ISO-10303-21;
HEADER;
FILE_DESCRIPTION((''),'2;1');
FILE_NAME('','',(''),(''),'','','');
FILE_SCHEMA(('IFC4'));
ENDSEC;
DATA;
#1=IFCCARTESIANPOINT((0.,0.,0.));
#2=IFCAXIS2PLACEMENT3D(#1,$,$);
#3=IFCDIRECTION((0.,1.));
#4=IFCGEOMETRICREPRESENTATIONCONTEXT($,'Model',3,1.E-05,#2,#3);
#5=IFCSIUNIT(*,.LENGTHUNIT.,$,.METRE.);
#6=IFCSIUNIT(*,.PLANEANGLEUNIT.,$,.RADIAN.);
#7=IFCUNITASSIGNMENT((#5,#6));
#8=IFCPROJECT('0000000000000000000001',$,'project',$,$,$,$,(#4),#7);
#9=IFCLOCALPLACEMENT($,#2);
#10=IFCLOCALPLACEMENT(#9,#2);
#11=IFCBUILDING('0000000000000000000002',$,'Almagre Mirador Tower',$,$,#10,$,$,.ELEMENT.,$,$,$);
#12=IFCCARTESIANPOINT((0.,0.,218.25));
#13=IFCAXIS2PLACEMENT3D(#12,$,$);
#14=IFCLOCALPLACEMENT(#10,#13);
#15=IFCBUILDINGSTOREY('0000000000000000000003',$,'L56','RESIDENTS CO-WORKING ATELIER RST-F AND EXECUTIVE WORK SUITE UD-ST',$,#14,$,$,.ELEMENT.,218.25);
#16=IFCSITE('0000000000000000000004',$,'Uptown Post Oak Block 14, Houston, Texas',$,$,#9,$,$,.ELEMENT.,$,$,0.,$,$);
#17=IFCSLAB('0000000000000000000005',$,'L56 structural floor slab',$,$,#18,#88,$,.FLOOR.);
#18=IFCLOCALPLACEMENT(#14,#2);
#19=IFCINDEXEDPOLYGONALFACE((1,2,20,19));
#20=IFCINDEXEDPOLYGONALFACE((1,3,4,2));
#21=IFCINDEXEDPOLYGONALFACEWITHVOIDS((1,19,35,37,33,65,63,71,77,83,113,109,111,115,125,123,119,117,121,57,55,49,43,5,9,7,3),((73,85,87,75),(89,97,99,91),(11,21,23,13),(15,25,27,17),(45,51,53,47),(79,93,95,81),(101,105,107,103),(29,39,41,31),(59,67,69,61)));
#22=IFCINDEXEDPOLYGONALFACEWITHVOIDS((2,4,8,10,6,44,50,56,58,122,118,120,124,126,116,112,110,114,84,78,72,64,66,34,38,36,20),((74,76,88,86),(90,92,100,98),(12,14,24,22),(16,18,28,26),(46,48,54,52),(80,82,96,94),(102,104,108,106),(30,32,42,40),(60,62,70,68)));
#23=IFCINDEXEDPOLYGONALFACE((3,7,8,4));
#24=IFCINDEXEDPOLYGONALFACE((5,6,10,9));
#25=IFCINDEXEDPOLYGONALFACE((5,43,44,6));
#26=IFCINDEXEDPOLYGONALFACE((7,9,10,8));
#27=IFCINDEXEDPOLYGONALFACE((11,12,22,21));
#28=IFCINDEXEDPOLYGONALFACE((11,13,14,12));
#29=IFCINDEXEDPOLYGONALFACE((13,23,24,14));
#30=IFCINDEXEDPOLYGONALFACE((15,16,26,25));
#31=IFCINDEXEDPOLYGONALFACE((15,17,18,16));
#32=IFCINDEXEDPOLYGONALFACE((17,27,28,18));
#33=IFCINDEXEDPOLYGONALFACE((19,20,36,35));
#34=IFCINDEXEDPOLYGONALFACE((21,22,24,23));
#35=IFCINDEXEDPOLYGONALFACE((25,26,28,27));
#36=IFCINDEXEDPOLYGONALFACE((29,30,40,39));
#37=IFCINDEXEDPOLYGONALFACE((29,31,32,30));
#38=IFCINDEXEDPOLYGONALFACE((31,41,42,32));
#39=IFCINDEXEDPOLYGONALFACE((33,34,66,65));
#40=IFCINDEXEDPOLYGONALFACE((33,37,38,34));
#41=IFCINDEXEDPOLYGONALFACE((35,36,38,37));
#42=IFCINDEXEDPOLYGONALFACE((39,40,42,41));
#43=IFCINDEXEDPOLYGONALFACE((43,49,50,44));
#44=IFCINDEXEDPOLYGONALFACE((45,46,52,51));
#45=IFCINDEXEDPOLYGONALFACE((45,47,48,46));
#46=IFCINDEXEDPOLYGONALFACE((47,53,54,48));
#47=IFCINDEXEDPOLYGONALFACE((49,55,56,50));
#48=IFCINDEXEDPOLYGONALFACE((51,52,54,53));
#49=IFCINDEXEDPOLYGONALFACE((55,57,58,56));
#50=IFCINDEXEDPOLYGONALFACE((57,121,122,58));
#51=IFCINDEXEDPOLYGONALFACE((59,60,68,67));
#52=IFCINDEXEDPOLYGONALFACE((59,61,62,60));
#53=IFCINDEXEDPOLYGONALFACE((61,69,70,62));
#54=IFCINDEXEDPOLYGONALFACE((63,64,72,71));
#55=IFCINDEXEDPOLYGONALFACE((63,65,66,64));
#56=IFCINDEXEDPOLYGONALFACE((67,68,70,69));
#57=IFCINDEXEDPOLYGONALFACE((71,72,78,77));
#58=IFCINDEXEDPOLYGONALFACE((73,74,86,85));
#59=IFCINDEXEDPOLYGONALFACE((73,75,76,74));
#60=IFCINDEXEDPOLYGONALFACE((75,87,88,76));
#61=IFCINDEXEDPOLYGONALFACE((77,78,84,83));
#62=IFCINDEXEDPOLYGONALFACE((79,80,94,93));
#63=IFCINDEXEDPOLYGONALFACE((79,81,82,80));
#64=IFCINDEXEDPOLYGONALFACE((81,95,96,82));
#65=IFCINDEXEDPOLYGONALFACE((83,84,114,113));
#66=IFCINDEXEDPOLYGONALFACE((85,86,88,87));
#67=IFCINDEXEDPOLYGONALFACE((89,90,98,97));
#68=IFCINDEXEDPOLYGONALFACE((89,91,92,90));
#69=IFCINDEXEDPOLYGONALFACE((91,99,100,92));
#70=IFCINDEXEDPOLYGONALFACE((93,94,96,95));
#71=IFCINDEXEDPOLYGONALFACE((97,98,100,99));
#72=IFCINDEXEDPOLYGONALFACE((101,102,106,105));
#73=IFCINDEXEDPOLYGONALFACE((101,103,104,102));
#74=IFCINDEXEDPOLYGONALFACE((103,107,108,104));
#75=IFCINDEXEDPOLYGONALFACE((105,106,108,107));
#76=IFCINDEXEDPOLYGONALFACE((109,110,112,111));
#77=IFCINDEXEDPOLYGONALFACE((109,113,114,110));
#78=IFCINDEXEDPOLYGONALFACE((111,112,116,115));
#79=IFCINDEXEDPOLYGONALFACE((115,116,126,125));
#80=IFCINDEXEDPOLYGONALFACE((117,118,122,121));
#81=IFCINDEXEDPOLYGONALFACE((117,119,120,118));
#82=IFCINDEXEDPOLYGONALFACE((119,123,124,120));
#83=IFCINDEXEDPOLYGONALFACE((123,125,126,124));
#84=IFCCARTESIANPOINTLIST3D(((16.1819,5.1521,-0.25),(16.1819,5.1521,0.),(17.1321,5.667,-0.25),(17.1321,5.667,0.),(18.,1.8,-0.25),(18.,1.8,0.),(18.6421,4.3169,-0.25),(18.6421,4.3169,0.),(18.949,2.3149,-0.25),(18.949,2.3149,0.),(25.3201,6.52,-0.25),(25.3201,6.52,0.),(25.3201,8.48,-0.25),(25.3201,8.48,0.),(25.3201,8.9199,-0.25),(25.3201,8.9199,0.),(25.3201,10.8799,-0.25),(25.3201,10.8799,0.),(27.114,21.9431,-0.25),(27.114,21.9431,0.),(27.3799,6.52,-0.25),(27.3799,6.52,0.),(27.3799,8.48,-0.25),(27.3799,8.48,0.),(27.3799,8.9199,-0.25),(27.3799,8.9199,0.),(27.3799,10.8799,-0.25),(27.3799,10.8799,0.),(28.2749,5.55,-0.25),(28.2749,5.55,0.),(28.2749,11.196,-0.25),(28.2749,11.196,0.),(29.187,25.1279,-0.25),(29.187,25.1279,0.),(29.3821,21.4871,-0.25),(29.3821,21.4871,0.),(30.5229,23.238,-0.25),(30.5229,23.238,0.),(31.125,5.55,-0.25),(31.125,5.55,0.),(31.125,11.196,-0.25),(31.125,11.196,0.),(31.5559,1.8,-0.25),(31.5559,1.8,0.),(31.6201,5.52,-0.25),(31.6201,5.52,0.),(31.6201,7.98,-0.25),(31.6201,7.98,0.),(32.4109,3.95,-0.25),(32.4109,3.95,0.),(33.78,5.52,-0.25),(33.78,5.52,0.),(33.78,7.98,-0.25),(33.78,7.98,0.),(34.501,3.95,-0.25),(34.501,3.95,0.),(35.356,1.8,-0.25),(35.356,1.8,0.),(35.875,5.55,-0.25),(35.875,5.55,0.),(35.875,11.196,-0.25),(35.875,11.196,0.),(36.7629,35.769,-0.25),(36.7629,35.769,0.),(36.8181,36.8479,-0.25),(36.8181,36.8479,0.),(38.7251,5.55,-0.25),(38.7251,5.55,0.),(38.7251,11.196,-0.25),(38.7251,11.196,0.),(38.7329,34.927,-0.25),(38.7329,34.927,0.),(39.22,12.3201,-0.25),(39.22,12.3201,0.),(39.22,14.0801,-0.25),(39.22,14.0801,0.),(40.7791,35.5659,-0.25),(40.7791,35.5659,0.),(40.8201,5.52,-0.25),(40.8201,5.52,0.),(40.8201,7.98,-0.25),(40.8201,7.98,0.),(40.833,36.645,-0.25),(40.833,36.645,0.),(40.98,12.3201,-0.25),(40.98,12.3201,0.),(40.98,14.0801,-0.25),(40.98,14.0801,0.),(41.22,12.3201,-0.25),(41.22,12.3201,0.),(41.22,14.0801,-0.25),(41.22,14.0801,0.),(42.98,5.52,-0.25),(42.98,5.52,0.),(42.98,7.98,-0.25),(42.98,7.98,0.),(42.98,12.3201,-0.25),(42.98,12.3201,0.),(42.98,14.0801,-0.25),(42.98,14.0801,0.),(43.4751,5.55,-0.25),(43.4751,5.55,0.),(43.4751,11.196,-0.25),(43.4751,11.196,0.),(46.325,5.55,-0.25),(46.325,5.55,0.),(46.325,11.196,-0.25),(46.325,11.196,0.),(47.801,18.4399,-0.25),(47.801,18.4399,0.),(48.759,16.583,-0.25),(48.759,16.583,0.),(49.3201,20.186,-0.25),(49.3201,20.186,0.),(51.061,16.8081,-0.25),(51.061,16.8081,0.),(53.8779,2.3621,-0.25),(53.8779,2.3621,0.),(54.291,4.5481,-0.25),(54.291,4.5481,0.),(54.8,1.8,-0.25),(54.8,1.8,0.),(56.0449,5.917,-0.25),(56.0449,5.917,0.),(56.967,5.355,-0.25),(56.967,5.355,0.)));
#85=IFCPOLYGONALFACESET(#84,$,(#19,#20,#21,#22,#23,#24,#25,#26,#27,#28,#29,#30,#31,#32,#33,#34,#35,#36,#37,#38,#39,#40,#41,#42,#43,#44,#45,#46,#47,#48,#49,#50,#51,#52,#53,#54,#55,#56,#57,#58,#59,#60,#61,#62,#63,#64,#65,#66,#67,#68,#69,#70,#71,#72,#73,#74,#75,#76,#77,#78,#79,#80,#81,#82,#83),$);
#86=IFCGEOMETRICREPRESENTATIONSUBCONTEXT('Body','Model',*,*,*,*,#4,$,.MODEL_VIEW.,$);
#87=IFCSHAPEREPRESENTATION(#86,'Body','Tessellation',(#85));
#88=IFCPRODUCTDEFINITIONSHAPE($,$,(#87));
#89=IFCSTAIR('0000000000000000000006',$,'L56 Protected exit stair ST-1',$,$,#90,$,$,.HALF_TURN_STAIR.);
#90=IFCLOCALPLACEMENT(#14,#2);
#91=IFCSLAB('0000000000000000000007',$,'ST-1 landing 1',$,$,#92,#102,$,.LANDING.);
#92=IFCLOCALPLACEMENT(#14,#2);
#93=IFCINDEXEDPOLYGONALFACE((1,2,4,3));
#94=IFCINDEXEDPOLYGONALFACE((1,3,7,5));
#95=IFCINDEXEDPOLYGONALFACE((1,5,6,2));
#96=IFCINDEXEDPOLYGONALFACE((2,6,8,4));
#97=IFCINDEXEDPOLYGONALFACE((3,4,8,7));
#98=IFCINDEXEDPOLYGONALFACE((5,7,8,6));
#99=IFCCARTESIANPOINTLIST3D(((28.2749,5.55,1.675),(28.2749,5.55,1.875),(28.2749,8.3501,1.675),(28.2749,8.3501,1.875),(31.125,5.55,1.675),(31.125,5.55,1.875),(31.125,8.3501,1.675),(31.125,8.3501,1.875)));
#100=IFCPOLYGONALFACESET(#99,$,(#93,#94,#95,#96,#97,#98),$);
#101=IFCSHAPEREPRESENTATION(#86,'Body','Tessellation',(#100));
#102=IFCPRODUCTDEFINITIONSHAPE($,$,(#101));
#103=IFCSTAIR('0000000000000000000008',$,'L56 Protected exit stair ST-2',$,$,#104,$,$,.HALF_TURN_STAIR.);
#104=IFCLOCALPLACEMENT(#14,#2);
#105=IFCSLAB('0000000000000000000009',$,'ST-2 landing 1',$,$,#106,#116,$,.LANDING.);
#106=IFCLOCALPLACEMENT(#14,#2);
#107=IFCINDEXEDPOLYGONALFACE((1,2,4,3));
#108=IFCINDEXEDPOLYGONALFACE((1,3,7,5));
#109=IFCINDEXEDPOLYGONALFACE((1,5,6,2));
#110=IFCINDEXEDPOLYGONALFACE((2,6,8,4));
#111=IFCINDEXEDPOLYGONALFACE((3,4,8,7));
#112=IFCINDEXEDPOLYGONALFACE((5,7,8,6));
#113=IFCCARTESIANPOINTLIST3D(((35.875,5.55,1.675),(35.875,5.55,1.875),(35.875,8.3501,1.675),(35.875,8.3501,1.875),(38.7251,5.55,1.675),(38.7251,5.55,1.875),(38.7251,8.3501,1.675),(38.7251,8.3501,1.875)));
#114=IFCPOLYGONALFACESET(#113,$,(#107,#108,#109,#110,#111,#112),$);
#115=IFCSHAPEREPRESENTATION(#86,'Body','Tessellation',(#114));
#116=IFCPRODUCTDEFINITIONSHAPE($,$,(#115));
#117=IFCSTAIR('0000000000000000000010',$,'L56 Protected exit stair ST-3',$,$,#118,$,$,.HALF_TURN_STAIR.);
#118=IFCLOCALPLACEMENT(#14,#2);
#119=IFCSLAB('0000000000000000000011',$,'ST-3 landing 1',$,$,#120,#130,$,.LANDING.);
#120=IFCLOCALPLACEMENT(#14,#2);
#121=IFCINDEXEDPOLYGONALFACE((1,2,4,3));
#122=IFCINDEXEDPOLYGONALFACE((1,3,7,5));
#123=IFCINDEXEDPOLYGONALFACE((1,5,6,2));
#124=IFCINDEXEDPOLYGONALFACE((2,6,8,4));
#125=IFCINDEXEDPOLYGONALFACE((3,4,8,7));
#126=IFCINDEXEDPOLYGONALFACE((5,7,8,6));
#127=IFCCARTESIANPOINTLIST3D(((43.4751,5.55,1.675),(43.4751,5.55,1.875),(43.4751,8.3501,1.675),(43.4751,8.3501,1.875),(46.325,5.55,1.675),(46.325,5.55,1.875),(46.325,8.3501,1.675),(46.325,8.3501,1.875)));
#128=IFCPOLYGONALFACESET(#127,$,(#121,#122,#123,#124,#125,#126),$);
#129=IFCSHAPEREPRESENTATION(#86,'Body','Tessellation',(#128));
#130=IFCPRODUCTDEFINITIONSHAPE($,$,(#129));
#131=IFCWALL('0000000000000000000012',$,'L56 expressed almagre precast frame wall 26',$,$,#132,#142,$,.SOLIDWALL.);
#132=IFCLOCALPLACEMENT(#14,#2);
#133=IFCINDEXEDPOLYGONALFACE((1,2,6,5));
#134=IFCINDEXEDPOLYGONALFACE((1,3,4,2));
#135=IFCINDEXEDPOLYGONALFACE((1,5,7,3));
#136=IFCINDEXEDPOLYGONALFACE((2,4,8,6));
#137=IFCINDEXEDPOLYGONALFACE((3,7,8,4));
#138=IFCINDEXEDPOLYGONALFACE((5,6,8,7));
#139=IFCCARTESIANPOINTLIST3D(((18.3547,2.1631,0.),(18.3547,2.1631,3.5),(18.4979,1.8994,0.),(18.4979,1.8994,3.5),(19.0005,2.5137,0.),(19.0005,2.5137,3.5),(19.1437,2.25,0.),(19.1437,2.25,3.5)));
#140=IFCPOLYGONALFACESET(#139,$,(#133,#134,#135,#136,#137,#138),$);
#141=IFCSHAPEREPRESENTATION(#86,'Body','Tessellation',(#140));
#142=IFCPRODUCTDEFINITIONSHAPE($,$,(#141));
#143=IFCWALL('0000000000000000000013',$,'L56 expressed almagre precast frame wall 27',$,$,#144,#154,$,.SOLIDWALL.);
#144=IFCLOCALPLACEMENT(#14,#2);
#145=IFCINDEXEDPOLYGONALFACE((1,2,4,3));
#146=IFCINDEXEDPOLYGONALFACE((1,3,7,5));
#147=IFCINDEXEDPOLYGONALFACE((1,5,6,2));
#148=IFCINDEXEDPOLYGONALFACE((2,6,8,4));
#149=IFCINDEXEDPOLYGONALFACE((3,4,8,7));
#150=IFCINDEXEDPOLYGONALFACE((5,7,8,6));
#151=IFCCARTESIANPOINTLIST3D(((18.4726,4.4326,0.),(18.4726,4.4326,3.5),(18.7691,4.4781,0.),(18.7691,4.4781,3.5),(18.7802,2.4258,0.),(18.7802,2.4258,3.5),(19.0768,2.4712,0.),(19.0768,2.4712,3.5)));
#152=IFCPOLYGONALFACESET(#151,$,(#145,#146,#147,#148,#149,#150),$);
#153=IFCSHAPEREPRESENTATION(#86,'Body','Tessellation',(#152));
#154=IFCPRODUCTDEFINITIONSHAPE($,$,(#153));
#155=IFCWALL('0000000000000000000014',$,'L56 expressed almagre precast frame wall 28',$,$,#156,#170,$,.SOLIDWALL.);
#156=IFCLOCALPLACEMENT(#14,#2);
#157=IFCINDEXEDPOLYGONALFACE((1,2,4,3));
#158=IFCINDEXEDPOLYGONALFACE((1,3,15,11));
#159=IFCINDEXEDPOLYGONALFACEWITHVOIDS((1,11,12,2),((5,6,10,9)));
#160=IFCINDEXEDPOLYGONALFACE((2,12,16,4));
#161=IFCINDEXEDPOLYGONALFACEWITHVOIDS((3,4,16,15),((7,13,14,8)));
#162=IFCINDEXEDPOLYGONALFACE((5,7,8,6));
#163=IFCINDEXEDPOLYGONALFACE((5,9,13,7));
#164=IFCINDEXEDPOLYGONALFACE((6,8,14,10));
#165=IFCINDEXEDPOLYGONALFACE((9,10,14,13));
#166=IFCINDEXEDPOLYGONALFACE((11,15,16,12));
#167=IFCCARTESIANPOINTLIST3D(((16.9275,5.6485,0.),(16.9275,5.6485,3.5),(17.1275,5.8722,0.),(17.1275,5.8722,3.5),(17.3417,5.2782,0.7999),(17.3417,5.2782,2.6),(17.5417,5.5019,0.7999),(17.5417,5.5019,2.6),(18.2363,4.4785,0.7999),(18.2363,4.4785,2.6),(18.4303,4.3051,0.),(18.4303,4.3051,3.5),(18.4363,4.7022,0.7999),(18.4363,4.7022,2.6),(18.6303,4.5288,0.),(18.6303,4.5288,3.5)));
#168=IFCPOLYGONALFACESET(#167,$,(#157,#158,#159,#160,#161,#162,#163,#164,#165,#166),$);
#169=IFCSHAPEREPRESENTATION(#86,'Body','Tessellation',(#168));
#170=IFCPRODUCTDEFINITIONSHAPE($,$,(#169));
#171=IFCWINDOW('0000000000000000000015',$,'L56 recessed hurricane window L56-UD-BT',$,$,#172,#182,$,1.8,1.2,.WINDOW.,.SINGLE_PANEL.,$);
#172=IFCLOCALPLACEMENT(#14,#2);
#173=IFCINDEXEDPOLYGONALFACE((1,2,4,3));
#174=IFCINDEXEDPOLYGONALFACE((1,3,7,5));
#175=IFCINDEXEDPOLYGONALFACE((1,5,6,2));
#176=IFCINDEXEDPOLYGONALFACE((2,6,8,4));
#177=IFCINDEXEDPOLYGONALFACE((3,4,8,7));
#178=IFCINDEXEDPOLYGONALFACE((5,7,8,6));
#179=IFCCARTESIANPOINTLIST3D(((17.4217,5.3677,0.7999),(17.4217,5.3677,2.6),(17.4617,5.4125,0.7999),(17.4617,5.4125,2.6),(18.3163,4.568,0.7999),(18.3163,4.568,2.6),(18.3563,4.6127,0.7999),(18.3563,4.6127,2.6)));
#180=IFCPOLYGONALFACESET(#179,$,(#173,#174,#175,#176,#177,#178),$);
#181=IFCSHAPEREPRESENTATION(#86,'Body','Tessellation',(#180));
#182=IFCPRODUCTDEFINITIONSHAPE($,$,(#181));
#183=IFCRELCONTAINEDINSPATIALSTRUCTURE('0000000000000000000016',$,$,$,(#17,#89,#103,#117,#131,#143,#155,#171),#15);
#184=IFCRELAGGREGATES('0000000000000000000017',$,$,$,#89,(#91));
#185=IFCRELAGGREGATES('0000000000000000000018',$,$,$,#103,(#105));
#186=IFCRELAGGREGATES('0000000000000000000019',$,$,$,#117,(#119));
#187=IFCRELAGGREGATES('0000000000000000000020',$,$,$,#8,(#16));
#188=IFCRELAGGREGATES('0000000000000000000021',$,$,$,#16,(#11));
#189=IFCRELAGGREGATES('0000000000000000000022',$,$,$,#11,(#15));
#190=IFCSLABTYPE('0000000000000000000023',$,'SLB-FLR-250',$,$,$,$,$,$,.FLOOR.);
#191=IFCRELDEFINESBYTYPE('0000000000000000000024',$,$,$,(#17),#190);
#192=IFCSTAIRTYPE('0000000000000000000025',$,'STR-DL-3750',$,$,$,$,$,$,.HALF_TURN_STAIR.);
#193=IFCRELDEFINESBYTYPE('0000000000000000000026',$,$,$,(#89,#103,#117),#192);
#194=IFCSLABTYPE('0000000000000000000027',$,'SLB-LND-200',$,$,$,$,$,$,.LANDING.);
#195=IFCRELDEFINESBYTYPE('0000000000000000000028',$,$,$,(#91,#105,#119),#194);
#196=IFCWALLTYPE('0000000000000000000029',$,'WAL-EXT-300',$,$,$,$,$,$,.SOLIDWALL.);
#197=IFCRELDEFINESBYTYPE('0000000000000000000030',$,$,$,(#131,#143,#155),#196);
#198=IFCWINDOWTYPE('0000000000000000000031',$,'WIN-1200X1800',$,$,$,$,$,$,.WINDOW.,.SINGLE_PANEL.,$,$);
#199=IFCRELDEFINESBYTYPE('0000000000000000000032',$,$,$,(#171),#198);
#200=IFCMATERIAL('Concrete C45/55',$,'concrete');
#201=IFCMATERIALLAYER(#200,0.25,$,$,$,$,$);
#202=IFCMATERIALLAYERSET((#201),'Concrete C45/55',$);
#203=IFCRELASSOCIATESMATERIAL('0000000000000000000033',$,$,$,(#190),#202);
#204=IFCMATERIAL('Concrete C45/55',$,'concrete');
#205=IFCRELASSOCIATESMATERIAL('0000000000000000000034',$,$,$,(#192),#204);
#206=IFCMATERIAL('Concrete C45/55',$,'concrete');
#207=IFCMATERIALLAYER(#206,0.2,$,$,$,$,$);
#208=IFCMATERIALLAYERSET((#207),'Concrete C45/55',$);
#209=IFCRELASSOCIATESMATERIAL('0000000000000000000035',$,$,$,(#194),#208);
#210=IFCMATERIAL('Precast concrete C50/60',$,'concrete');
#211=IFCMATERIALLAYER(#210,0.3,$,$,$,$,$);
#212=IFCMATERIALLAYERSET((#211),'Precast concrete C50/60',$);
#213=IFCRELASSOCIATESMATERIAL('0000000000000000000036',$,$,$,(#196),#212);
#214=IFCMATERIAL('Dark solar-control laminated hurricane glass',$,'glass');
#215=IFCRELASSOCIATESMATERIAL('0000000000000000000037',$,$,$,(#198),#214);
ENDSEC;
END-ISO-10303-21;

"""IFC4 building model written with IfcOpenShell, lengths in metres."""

from ifc_helpers import new_model, si_unit, direction, frame, frame_2d, origin, place, context, subcontext, project, spatial, polyline, rectangle, outline, extrude, material, layer, layer_set, type_object, element, fill, aggregate, save


model = new_model("IFC4")

# Units and contexts
model_context = context("Model", 3, precision=1e-05, world=origin(), true_north=direction((0.0, 1.0)))
body_context = subcontext(model_context, "Body", "Model", "MODEL_VIEW")
ifc_project = project(units=[si_unit("LENGTHUNIT", "METRE"), si_unit("PLANEANGLEUNIT", "RADIAN")], contexts=[model_context])

# Site, building, storey
site_placement = place(None, origin())
site = spatial("IfcSite", under=ifc_project, at=site_placement, Name="Uptown Post Oak Block 14, Houston, Texas", CompositionType="ELEMENT", RefElevation=0.0)
building_placement = place(site_placement, origin())
building = spatial("IfcBuilding", under=site, at=building_placement, Name="Almagre Mirador Tower", CompositionType="ELEMENT")
storey_placement = place(building_placement, frame((0.0, 0.0, 218.25)))
storey = spatial("IfcBuildingStorey", under=building, at=storey_placement, Name="L56", Description="RESIDENTS CO-WORKING ATELIER RST-F AND EXECUTIVE WORK SUITE UD-ST", CompositionType="ELEMENT", Elevation=218.25)

# Slab
ifc_material_1 = material(Name="Concrete C45/55", Category="concrete")
ifc_layer_1 = layer(ifc_material_1, 0.25)
ifc_layer_set_1 = layer_set([ifc_layer_1], Name="Concrete C45/55")
slab_type_1 = type_object("IfcSlabType", Name="SLB-FLR-250", PredefinedType="FLOOR", material=ifc_layer_set_1)
slab_1_placement = place(storey_placement, frame((0.0, 0.0, -0.25)))
element("IfcSlab", 1, at=slab_1_placement, inside=storey, type_object=slab_type_1, Name="L56 structural floor slab", PredefinedType="FLOOR", context=body_context, shape_type="SweptSolid", body=[
    extrude(outline(polyline([(16.1819, 5.1521), (17.1321, 5.667), (18.6421, 4.3169), (18.949, 2.3149), (18.0, 1.8), (31.5559, 1.8), (32.4109, 3.95), (34.501, 3.95), (35.356, 1.8), (54.8, 1.8), (53.8779, 2.3621), (54.291, 4.5481), (56.0449, 5.917), (56.967, 5.355), (51.061, 16.8081), (48.759, 16.583), (47.801, 18.4399), (49.3201, 20.186), (40.833, 36.645), (40.7791, 35.5659), (38.7329, 34.927), (36.7629, 35.769), (36.8181, 36.8479), (29.187, 25.1279), (30.5229, 23.238), (29.3821, 21.4871), (27.114, 21.9431), (16.1819, 5.1521)]), holes=[polyline([(43.4751, 5.55), (43.4751, 11.196), (46.325, 11.196), (46.325, 5.55), (43.4751, 5.55)]), polyline([(41.22, 12.3201), (41.22, 14.0801), (42.98, 14.0801), (42.98, 12.3201), (41.22, 12.3201)]), polyline([(42.98, 5.52), (40.8201, 5.52), (40.8201, 7.98), (42.98, 7.98), (42.98, 5.52)]), polyline([(39.22, 12.3201), (39.22, 14.0801), (40.98, 14.0801), (40.98, 12.3201), (39.22, 12.3201)]), polyline([(35.875, 5.55), (35.875, 11.196), (38.7251, 11.196), (38.7251, 5.55), (35.875, 5.55)]), polyline([(33.78, 5.52), (31.6201, 5.52), (31.6201, 7.98), (33.78, 7.98), (33.78, 5.52)]), polyline([(28.2749, 5.55), (28.2749, 11.196), (31.125, 11.196), (31.125, 5.55), (28.2749, 5.55)]), polyline([(27.3799, 6.52), (25.3201, 6.52), (25.3201, 8.48), (27.3799, 8.48), (27.3799, 6.52)]), polyline([(27.3799, 8.9199), (25.3201, 8.9199), (25.3201, 10.8799), (27.3799, 10.8799), (27.3799, 8.9199)])]), origin(), (0.0, 0.0, 1.0), 0.25),
])

# Stairs, slabs
ifc_material_2 = material(Name="Concrete C45/55", Category="concrete")
stair_type = type_object("IfcStairType", Name="STR-DL-3750", PredefinedType="HALF_TURN_STAIR", material=ifc_material_2)
stair_1_placement = place(storey_placement, origin())
stair_1 = element("IfcStair", 2, at=stair_1_placement, inside=storey, type_object=stair_type, Name="L56 Protected exit stair ST-1", PredefinedType="HALF_TURN_STAIR")
ifc_material_3 = material(Name="Concrete C45/55", Category="concrete")
ifc_layer_2 = layer(ifc_material_3, 0.2)
ifc_layer_set_2 = layer_set([ifc_layer_2], Name="Concrete C45/55")
slab_type_2 = type_object("IfcSlabType", Name="SLB-LND-200", PredefinedType="LANDING", material=ifc_layer_set_2)
slab_2_placement = place(storey_placement, frame((0.0, 0.0, 1.675)))
slab_2 = element("IfcSlab", 3, at=slab_2_placement, type_object=slab_type_2, Name="ST-1 landing 1", PredefinedType="LANDING", context=body_context, shape_type="SweptSolid", body=[
    extrude(outline(polyline([(28.2749, 8.3501), (28.2749, 5.55), (31.125, 5.55), (31.125, 8.3501), (28.2749, 8.3501)])), origin(), (0.0, 0.0, 1.0), 0.2),
])
aggregate(stair_1, [slab_2])
stair_2_placement = place(storey_placement, origin())
stair_2 = element("IfcStair", 4, at=stair_2_placement, inside=storey, type_object=stair_type, Name="L56 Protected exit stair ST-2", PredefinedType="HALF_TURN_STAIR")
slab_3_placement = place(storey_placement, frame((0.0, 0.0, 1.675)))
slab_3 = element("IfcSlab", 5, at=slab_3_placement, type_object=slab_type_2, Name="ST-2 landing 1", PredefinedType="LANDING", context=body_context, shape_type="SweptSolid", body=[
    extrude(outline(polyline([(35.875, 8.3501), (35.875, 5.55), (38.7251, 5.55), (38.7251, 8.3501), (35.875, 8.3501)])), origin(), (0.0, 0.0, 1.0), 0.2),
])
aggregate(stair_2, [slab_3])
stair_3_placement = place(storey_placement, origin())
stair_3 = element("IfcStair", 6, at=stair_3_placement, inside=storey, type_object=stair_type, Name="L56 Protected exit stair ST-3", PredefinedType="HALF_TURN_STAIR")
slab_4_placement = place(storey_placement, frame((0.0, 0.0, 1.675)))
slab_4 = element("IfcSlab", 7, at=slab_4_placement, type_object=slab_type_2, Name="ST-3 landing 1", PredefinedType="LANDING", context=body_context, shape_type="SweptSolid", body=[
    extrude(outline(polyline([(43.4751, 8.3501), (43.4751, 5.55), (46.325, 5.55), (46.325, 8.3501), (43.4751, 8.3501)])), origin(), (0.0, 0.0, 1.0), 0.2),
])
aggregate(stair_3, [slab_4])

# Walls
ifc_material_4 = material(Name="Precast concrete C50/60", Category="concrete")
ifc_layer_3 = layer(ifc_material_4, 0.3)
ifc_layer_set_3 = layer_set([ifc_layer_3], Name="Precast concrete C50/60")
wall_type_1 = type_object("IfcWallType", Name="WAL-EXT-300", PredefinedType="SOLIDWALL", material=ifc_layer_set_3)
wall_1_placement = place(storey_placement, frame((18.4263, 2.0312, 0.0), z_axis=(0.0, 0.0, 1.0), x_axis=(0.878834, 0.477129, 0.0)))
element("IfcWall", 8, at=wall_1_placement, inside=storey, type_object=wall_type_1, Name="L56 expressed almagre precast frame wall 26", PredefinedType="SOLIDWALL", context=body_context, shape_type="SweptSolid", body=[
    extrude(rectangle(XDim=0.7349, YDim=0.3, at=frame_2d((0.3674, 0.0))), origin(), (0.0, 0.0, 1.0), 3.5),
])
wall_2_placement = place(storey_placement, frame((18.9285, 2.4485, 0.0), z_axis=(0.0, 0.0, 1.0), x_axis=(-0.151515, 0.988455, 0.0)))
element("IfcWall", 9, at=wall_2_placement, inside=storey, type_object=wall_type_1, Name="L56 expressed almagre precast frame wall 27", PredefinedType="SOLIDWALL", context=body_context, shape_type="SweptSolid", body=[
    extrude(rectangle(XDim=2.0303, YDim=0.3, at=frame_2d((1.0151, 0.0))), origin(), (0.0, 0.0, 1.0), 3.5),
])

# Wall, opening, window
wall_3_placement = place(storey_placement, frame((18.5303, 4.417, 0.0), z_axis=(0.0, 0.0, 1.0), x_axis=(-0.745549, 0.666451, 0.0)))
wall_3 = element("IfcWall", 10, at=wall_3_placement, inside=storey, type_object=wall_type_1, Name="L56 expressed almagre precast frame wall 28", PredefinedType="SOLIDWALL", context=body_context, shape_type="SweptSolid", body=[
    extrude(rectangle(XDim=2.0156, YDim=0.3, at=frame_2d((1.0078, 0.0))), origin(), (0.0, 0.0, 1.0), 3.5),
])
opening_1_placement = place(wall_3_placement, frame((0.26, 0.0, 0.8)))
opening_1 = element("IfcOpeningElement", 11, at=opening_1_placement, cuts=wall_3, PredefinedType="OPENING", context=body_context, shape_type="SweptSolid", body=[
    extrude(rectangle(XDim=1.2, YDim=1.8, at=frame_2d((0.6001, 0.8999))), frame((0.0, 0.1599, 0.0), z_axis=(0.0, -1.0, 0.0), x_axis=(1.0, 0.0, 0.0)), (0.0, 0.0, 1.0), 0.32),
])
ifc_material_5 = material(Name="Dark solar-control laminated hurricane glass", Category="glass")
window_type_1 = type_object("IfcWindowType", Name="WIN-1200X1800", PartitioningType="SINGLE_PANEL", PredefinedType="WINDOW", material=ifc_material_5)
window_1_placement = place(opening_1_placement, origin())
window_1 = element("IfcWindow", 12, at=window_1_placement, inside=storey, type_object=window_type_1, Name="L56 recessed hurricane window L56-UD-BT", OverallHeight=1.8, OverallWidth=1.2, PartitioningType="SINGLE_PANEL", PredefinedType="WINDOW", context=body_context, shape_type="SweptSolid", body=[
    extrude(rectangle(XDim=1.2, YDim=1.8, at=frame_2d((0.6001, 0.8999))), frame((0.0, 0.03, 0.0), z_axis=(0.0, -1.0, 0.0), x_axis=(1.0, 0.0, 0.0)), (0.0, 0.0, 1.0), 0.0601),
])
fill(opening_1, window_1)

save(model, "model.ifc")
